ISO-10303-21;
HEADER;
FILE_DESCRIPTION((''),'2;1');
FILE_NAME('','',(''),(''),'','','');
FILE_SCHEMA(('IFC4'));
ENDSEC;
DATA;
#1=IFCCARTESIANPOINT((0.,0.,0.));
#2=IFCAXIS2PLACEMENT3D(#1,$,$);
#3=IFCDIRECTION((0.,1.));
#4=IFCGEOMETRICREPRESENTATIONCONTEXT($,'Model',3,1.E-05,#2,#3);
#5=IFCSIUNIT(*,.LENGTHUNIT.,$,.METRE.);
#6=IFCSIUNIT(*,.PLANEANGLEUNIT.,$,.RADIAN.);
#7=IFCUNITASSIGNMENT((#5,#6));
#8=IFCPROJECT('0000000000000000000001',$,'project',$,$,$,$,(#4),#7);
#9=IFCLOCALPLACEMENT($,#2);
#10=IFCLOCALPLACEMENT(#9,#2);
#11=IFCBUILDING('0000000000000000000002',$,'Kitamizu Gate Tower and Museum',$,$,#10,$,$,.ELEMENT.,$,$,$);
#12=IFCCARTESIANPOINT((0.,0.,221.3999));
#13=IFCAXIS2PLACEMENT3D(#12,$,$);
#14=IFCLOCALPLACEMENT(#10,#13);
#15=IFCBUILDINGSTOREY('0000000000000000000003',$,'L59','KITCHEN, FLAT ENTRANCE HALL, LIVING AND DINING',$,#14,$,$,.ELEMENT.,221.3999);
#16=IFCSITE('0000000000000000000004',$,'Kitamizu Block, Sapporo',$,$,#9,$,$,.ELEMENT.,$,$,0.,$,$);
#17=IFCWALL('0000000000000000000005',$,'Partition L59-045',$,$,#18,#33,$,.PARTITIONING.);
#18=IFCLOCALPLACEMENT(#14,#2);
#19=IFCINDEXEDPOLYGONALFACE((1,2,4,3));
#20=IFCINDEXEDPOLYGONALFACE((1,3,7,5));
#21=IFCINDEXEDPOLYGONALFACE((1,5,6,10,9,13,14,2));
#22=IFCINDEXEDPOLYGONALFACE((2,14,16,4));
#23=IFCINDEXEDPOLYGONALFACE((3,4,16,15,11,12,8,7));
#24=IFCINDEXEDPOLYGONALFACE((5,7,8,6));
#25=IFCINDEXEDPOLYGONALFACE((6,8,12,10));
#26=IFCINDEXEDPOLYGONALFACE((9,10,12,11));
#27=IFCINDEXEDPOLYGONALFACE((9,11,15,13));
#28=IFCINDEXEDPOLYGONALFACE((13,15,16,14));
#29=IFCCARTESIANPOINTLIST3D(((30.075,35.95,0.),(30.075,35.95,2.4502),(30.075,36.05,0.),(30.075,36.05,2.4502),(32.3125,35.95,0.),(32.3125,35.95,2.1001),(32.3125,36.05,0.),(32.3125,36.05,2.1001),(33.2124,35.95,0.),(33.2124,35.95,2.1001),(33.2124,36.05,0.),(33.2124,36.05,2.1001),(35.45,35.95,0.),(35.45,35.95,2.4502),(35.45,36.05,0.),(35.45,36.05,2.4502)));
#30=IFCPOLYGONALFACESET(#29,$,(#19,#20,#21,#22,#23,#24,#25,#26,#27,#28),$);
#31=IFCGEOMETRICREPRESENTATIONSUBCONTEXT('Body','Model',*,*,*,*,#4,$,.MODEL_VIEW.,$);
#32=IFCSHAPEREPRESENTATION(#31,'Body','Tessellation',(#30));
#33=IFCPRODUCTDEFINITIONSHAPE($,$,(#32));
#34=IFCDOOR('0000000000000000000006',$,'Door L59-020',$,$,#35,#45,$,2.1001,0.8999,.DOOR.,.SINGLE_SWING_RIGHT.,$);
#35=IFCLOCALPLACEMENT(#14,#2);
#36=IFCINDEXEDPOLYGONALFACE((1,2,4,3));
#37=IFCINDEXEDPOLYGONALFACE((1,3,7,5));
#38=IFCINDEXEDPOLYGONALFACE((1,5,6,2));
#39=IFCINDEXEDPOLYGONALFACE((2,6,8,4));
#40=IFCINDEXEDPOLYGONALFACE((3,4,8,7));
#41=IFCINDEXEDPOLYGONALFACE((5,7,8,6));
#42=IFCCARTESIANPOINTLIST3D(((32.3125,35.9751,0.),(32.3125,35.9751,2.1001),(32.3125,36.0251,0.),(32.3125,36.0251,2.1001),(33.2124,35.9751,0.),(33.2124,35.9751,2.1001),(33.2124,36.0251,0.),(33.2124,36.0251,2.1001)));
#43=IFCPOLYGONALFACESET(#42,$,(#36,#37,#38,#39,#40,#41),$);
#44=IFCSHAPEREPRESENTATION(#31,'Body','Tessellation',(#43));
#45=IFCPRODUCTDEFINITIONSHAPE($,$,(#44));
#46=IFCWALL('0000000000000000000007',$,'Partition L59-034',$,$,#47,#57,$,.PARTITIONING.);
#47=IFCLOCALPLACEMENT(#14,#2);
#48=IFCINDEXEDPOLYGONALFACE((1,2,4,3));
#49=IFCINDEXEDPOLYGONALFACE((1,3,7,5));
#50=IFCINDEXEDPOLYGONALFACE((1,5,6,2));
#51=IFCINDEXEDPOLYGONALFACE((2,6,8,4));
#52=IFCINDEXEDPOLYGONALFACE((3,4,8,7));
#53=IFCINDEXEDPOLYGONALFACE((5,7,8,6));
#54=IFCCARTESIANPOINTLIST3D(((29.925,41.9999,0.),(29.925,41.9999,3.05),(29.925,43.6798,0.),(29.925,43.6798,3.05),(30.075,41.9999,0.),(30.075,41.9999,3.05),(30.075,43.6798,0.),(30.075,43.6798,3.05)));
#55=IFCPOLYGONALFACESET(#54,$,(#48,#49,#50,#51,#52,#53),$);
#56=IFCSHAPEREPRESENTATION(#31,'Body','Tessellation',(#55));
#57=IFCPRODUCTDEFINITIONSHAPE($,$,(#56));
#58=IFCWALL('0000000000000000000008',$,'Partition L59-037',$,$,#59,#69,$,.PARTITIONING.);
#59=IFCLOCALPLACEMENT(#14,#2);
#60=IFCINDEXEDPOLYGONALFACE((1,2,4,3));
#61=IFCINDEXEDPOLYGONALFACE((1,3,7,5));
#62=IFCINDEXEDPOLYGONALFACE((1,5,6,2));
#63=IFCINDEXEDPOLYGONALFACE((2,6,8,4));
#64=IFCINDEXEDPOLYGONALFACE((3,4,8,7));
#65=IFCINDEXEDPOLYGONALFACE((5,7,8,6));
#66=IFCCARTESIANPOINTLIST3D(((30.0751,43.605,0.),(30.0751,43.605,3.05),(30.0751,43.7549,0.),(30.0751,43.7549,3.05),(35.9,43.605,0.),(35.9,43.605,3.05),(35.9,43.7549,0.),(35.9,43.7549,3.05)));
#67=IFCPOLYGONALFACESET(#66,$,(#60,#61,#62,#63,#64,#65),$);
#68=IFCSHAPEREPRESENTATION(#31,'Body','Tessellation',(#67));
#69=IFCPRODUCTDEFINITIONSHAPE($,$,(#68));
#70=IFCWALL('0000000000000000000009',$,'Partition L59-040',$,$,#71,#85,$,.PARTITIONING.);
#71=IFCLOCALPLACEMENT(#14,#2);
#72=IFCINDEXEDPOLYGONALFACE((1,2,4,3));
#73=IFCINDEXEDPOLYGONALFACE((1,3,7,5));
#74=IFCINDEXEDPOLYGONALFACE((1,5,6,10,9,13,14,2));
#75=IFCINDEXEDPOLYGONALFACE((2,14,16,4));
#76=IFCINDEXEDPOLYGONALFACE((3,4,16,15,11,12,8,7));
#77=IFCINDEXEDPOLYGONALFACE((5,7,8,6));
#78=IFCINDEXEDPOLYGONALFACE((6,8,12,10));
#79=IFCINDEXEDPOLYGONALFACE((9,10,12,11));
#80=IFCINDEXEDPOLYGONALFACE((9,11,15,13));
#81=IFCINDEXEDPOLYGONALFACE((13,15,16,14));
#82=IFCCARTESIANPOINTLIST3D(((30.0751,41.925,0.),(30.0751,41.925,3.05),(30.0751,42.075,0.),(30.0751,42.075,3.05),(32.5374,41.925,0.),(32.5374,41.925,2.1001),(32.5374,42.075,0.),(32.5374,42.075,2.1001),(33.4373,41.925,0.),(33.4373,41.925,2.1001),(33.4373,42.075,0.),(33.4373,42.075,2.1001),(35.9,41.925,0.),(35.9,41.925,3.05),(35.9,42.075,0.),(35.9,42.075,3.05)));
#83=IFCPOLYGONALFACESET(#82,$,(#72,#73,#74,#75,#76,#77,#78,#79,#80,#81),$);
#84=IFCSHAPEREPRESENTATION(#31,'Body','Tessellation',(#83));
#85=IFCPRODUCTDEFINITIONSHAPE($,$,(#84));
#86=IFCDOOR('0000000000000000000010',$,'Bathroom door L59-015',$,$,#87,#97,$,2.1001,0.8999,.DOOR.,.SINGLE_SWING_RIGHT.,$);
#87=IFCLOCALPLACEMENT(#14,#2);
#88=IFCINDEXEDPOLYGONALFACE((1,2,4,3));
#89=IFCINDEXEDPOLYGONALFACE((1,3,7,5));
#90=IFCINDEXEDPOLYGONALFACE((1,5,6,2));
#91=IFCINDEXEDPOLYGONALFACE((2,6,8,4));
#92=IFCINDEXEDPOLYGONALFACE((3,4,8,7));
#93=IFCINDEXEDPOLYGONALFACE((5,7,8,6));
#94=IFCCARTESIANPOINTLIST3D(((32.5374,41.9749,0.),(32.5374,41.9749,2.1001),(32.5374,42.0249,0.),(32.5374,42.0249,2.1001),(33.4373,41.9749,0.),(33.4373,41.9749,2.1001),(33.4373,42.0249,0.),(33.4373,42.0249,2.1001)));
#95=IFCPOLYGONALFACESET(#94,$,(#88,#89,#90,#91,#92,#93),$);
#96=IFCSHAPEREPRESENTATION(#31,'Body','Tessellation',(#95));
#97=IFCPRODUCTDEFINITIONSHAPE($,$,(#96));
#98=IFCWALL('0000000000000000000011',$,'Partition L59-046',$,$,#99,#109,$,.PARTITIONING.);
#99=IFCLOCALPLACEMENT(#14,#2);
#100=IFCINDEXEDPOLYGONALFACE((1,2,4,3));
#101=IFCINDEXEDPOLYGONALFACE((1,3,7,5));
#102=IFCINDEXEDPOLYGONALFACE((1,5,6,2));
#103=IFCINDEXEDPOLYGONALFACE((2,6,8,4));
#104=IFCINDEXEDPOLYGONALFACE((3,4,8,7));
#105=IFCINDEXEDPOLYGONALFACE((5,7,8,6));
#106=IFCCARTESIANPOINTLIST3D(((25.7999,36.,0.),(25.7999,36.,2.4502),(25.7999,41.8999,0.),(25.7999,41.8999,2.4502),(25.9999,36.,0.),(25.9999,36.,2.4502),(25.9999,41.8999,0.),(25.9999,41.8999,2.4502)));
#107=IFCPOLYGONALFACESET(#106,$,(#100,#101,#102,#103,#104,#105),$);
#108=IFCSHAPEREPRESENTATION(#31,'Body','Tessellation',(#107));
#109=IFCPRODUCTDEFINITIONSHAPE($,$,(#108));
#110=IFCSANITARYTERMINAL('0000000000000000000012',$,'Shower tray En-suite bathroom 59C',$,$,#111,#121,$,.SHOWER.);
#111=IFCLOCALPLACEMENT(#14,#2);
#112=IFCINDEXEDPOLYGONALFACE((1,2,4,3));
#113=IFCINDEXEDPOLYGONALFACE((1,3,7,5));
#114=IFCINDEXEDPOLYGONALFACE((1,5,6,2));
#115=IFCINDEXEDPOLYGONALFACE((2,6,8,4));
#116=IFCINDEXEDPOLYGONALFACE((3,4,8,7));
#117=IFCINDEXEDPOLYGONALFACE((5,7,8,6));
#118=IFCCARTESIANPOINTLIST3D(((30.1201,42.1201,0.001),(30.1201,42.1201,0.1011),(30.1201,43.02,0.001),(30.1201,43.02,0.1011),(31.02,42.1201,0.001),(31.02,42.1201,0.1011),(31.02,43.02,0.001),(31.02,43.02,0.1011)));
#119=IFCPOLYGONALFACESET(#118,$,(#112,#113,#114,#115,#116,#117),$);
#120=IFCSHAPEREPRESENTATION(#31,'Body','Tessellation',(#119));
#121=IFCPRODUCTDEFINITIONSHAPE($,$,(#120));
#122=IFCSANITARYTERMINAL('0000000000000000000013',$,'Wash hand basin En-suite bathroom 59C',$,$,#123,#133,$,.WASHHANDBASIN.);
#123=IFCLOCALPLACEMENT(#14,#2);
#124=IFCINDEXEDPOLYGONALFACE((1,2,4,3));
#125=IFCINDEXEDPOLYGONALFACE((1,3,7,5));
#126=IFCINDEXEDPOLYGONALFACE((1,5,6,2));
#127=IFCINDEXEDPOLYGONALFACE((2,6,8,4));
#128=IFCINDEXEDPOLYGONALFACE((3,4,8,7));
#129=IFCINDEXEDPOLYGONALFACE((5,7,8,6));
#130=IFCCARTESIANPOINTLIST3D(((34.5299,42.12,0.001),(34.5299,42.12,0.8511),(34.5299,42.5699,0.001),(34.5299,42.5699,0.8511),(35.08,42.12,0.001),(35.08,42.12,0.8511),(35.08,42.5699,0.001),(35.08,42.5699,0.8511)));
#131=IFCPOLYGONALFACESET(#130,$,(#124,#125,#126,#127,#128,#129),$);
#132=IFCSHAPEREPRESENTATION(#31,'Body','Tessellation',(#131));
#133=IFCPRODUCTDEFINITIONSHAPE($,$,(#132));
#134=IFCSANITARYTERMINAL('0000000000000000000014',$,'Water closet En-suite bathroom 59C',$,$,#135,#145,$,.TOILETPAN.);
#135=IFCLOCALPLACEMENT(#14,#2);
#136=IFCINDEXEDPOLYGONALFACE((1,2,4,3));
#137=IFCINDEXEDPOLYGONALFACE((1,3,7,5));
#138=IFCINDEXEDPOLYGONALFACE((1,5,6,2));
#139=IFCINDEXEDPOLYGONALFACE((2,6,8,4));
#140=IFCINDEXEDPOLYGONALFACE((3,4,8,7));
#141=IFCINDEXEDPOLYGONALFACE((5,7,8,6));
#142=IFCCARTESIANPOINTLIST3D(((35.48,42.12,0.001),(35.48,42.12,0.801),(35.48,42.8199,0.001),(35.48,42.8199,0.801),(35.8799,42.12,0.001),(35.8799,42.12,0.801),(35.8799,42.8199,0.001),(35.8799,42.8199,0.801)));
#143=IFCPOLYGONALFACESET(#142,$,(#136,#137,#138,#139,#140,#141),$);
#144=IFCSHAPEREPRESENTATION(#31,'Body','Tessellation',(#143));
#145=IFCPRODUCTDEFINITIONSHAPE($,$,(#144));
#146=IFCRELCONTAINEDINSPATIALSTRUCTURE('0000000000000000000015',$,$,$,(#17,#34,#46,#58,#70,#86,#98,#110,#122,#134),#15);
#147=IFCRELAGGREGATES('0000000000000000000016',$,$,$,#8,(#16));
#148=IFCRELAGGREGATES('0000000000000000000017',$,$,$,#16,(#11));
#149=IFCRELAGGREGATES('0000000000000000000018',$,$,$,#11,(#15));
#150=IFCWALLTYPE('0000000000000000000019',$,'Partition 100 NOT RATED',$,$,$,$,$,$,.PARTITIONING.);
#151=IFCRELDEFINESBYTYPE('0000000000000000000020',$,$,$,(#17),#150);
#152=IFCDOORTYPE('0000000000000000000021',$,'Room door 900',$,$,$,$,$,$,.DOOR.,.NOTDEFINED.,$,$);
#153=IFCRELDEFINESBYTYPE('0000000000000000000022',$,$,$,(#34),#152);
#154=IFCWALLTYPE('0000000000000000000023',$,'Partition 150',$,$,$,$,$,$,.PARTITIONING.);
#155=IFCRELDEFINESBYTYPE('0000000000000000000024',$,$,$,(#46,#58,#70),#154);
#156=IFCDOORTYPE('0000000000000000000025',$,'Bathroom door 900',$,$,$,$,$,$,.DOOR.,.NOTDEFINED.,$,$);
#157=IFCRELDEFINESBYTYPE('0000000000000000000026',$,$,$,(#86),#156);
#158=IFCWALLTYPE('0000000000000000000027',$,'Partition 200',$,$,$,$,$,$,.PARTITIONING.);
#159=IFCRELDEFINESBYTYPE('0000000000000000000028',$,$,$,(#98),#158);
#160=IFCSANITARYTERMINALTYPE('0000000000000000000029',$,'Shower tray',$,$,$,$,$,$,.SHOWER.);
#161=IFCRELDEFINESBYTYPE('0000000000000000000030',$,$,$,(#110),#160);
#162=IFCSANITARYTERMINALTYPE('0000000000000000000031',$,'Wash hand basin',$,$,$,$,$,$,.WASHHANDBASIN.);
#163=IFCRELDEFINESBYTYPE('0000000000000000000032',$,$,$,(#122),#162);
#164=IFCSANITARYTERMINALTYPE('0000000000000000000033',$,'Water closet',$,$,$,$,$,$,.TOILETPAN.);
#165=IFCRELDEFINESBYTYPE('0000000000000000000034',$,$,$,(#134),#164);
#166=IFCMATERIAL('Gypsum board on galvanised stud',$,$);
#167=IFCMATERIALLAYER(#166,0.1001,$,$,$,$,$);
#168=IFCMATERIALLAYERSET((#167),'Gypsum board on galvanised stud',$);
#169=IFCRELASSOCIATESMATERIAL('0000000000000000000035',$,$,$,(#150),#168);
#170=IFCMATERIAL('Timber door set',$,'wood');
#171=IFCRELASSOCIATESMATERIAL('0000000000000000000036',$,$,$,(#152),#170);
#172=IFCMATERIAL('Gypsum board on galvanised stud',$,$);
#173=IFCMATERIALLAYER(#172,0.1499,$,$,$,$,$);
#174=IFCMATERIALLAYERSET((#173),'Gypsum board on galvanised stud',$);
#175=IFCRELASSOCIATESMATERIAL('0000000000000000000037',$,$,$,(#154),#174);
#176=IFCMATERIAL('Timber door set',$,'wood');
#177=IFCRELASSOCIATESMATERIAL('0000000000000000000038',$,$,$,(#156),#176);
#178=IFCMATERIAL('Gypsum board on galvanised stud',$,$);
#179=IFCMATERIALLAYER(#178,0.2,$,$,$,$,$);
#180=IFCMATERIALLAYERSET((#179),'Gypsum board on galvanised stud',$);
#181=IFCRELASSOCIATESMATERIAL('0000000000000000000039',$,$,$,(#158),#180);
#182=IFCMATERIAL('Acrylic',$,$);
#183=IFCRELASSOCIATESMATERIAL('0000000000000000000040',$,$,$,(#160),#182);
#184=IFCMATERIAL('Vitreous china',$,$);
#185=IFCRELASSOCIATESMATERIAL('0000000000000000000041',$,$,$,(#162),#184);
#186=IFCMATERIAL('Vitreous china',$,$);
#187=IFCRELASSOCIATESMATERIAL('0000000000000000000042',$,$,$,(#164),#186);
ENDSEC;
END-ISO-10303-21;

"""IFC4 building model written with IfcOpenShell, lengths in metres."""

from ifc_helpers import new_model, si_unit, direction, frame, frame_2d, origin, origin_2d, place, context, subcontext, project, spatial, rectangle, extrude, material, layer, layer_set, type_object, element, fill, save


model = new_model("IFC4")

# Units and contexts
model_context = context("Model", 3, precision=1e-05, world=origin(), true_north=direction((0.0, 1.0)))
body_context = subcontext(model_context, "Body", "Model", "MODEL_VIEW")
ifc_project = project(units=[si_unit("LENGTHUNIT", "METRE"), si_unit("PLANEANGLEUNIT", "RADIAN")], contexts=[model_context])

# Site, building, storey
site_placement = place(None, origin())
site = spatial("IfcSite", under=ifc_project, at=site_placement, Name="Kitamizu Block, Sapporo", CompositionType="ELEMENT", RefElevation=0.0)
building_placement = place(site_placement, origin())
building = spatial("IfcBuilding", under=site, at=building_placement, Name="Kitamizu Gate Tower and Museum", CompositionType="ELEMENT")
storey_placement = place(building_placement, frame((0.0, 0.0, 221.3999)))
storey = spatial("IfcBuildingStorey", under=building, at=storey_placement, Name="L59", Description="KITCHEN, FLAT ENTRANCE HALL, LIVING AND DINING", CompositionType="ELEMENT", Elevation=221.3999)

# Wall, opening, door
ifc_material_1 = material(Name="Gypsum board on galvanised stud")
ifc_layer_1 = layer(ifc_material_1, 0.1001)
ifc_layer_set_1 = layer_set([ifc_layer_1], Name="Gypsum board on galvanised stud")
wall_type_1 = type_object("IfcWallType", Name="Partition 100 NOT RATED", PredefinedType="PARTITIONING", material=ifc_layer_set_1)
ifc_material_2 = material(Name="Timber door set", Category="wood")
door_type_1 = type_object("IfcDoorType", Name="Room door 900", OperationType="NOTDEFINED", PredefinedType="DOOR", material=ifc_material_2)
wall_1_placement = place(storey_placement, frame((30.075, 36.0, 0.0), z_axis=(0.0, 0.0, 1.0), x_axis=(1.0, 0.0, 0.0)))
wall_1 = element("IfcWall", 1, at=wall_1_placement, inside=storey, type_object=wall_type_1, Name="Partition L59-045", PredefinedType="PARTITIONING", context=body_context, shape_type="SweptSolid", body=[
    extrude(rectangle(XDim=5.375, YDim=0.1001, at=frame_2d((2.6875, 0.0))), origin(), (0.0, 0.0, 1.0), 2.4502),
])
opening_1_placement = place(wall_1_placement, frame((2.2375, 0.0, 0.0)))
opening_1 = element("IfcOpeningElement", 2, at=opening_1_placement, cuts=wall_1, PredefinedType="OPENING", context=body_context, shape_type="SweptSolid", body=[
    extrude(rectangle(XDim=0.8999, YDim=2.1001, at=frame_2d((0.45, 1.05))), frame((0.0, 0.0601, 0.0), z_axis=(0.0, -1.0, 0.0), x_axis=(1.0, 0.0, 0.0)), (0.0, 0.0, 1.0), 0.1201),
])
door_1_placement = place(opening_1_placement, frame((0.8999, 0.0, 0.0), x_axis=(-1.0, 0.0, 0.0)))
door_1 = element("IfcDoor", 3, at=door_1_placement, inside=storey, type_object=door_type_1, Name="Door L59-020", OperationType="SINGLE_SWING_RIGHT", OverallHeight=2.1001, OverallWidth=0.8999, PredefinedType="DOOR", context=body_context, shape_type="SweptSolid", body=[
    extrude(rectangle(XDim=0.8999, YDim=2.1001, at=frame_2d((0.45, 1.05))), frame((0.0, 0.0249, 0.0), z_axis=(0.0, -1.0, 0.0), x_axis=(1.0, 0.0, 0.0)), (0.0, 0.0, 1.0), 0.05),
])
fill(opening_1, door_1)

# Walls
ifc_material_3 = material(Name="Gypsum board on galvanised stud")
ifc_layer_2 = layer(ifc_material_3, 0.1499)
ifc_layer_set_2 = layer_set([ifc_layer_2], Name="Gypsum board on galvanised stud")
wall_type_2 = type_object("IfcWallType", Name="Partition 150", PredefinedType="PARTITIONING", material=ifc_layer_set_2)
wall_2_placement = place(storey_placement, frame((30.0, 42.0, 0.0), z_axis=(0.0, 0.0, 1.0), x_axis=(0.0, 1.0, 0.0)))
element("IfcWall", 4, at=wall_2_placement, inside=storey, type_object=wall_type_2, Name="Partition L59-034", PredefinedType="PARTITIONING", context=body_context, shape_type="SweptSolid", body=[
    extrude(rectangle(XDim=1.6799, YDim=0.1499, at=frame_2d((0.8398, 0.0))), origin(), (0.0, 0.0, 1.0), 3.05),
])
wall_3_placement = place(storey_placement, frame((30.075, 43.6799, 0.0), z_axis=(0.0, 0.0, 1.0), x_axis=(1.0, 0.0, 0.0)))
element("IfcWall", 5, at=wall_3_placement, inside=storey, type_object=wall_type_2, Name="Partition L59-037", PredefinedType="PARTITIONING", context=body_context, shape_type="SweptSolid", body=[
    extrude(rectangle(XDim=5.825, YDim=0.1499, at=frame_2d((2.9126, 0.0))), origin(), (0.0, 0.0, 1.0), 3.05),
])

# Wall, opening, door
wall_4_placement = place(storey_placement, frame((30.075, 42.0, 0.0), z_axis=(0.0, 0.0, 1.0), x_axis=(1.0, 0.0, 0.0)))
wall_4 = element("IfcWall", 6, at=wall_4_placement, inside=storey, type_object=wall_type_2, Name="Partition L59-040", PredefinedType="PARTITIONING", context=body_context, shape_type="SweptSolid", body=[
    extrude(rectangle(XDim=5.825, YDim=0.1499, at=frame_2d((2.9126, 0.0))), origin(), (0.0, 0.0, 1.0), 3.05),
])
opening_2_placement = place(wall_4_placement, frame((2.4624, 0.0, 0.0)))
opening_2 = element("IfcOpeningElement", 7, at=opening_2_placement, cuts=wall_4, PredefinedType="OPENING", context=body_context, shape_type="SweptSolid", body=[
    extrude(rectangle(XDim=0.8999, YDim=2.1001, at=frame_2d((0.45, 1.05))), frame((0.0, 0.085, 0.0), z_axis=(0.0, -1.0, 0.0), x_axis=(1.0, 0.0, 0.0)), (0.0, 0.0, 1.0), 0.1699),
])
ifc_material_4 = material(Name="Timber door set", Category="wood")
door_type_2 = type_object("IfcDoorType", Name="Bathroom door 900", OperationType="NOTDEFINED", PredefinedType="DOOR", material=ifc_material_4)
door_2_placement = place(opening_2_placement, origin())
door_2 = element("IfcDoor", 8, at=door_2_placement, inside=storey, type_object=door_type_2, Name="Bathroom door L59-015", OperationType="SINGLE_SWING_RIGHT", OverallHeight=2.1001, OverallWidth=0.8999, PredefinedType="DOOR", context=body_context, shape_type="SweptSolid", body=[
    extrude(rectangle(XDim=0.8999, YDim=2.1001, at=frame_2d((0.45, 1.05))), frame((0.0, 0.0249, 0.0), z_axis=(0.0, -1.0, 0.0), x_axis=(1.0, 0.0, 0.0)), (0.0, 0.0, 1.0), 0.05),
])
fill(opening_2, door_2)

# Wall
ifc_material_5 = material(Name="Gypsum board on galvanised stud")
ifc_layer_3 = layer(ifc_material_5, 0.2)
ifc_layer_set_3 = layer_set([ifc_layer_3], Name="Gypsum board on galvanised stud")
wall_type_3 = type_object("IfcWallType", Name="Partition 200", PredefinedType="PARTITIONING", material=ifc_layer_set_3)
wall_5_placement = place(storey_placement, frame((25.8999, 41.8999, 0.0), z_axis=(0.0, 0.0, 1.0), x_axis=(0.0, -1.0, 0.0)))
element("IfcWall", 9, at=wall_5_placement, inside=storey, type_object=wall_type_3, Name="Partition L59-046", PredefinedType="PARTITIONING", context=body_context, shape_type="SweptSolid", body=[
    extrude(rectangle(XDim=5.8999, YDim=0.2, at=frame_2d((2.95, 0.0))), origin(), (0.0, 0.0, 1.0), 2.4502),
])

# Sanitary terminals
ifc_material_6 = material(Name="Acrylic")
sanitary_terminal_type_1 = type_object("IfcSanitaryTerminalType", Name="Shower tray", PredefinedType="SHOWER", material=ifc_material_6)
sanitary_terminal_1_placement = place(storey_placement, frame((30.5701, 42.5701, 0.001), z_axis=(0.0, 0.0, 1.0), x_axis=(1.0, 0.0, 0.0)))
element("IfcSanitaryTerminal", 10, at=sanitary_terminal_1_placement, inside=storey, type_object=sanitary_terminal_type_1, Name="Shower tray En-suite bathroom 59C", PredefinedType="SHOWER", context=body_context, shape_type="SweptSolid", body=[
    extrude(rectangle(XDim=0.8999, YDim=0.8999, at=origin_2d()), origin(), (0.0, 0.0, 1.0), 0.1001),
])
ifc_material_7 = material(Name="Vitreous china")
sanitary_terminal_type_2 = type_object("IfcSanitaryTerminalType", Name="Wash hand basin", PredefinedType="WASHHANDBASIN", material=ifc_material_7)
sanitary_terminal_2_placement = place(storey_placement, frame((34.8049, 42.345, 0.001), z_axis=(0.0, 0.0, 1.0), x_axis=(1.0, 0.0, 0.0)))
element("IfcSanitaryTerminal", 11, at=sanitary_terminal_2_placement, inside=storey, type_object=sanitary_terminal_type_2, Name="Wash hand basin En-suite bathroom 59C", PredefinedType="WASHHANDBASIN", context=body_context, shape_type="SweptSolid", body=[
    extrude(rectangle(XDim=0.55, YDim=0.45, at=origin_2d()), origin(), (0.0, 0.0, 1.0), 0.8501),
])
ifc_material_8 = material(Name="Vitreous china")
sanitary_terminal_type_3 = type_object("IfcSanitaryTerminalType", Name="Water closet", PredefinedType="TOILETPAN", material=ifc_material_8)
sanitary_terminal_3_placement = place(storey_placement, frame((35.6799, 42.47, 0.001), z_axis=(0.0, 0.0, 1.0), x_axis=(1.0, 0.0, 0.0)))
element("IfcSanitaryTerminal", 12, at=sanitary_terminal_3_placement, inside=storey, type_object=sanitary_terminal_type_3, Name="Water closet En-suite bathroom 59C", PredefinedType="TOILETPAN", context=body_context, shape_type="SweptSolid", body=[
    extrude(rectangle(XDim=0.3999, YDim=0.7, at=origin_2d()), origin(), (0.0, 0.0, 1.0), 0.8),
])

save(model, "model.ifc")
